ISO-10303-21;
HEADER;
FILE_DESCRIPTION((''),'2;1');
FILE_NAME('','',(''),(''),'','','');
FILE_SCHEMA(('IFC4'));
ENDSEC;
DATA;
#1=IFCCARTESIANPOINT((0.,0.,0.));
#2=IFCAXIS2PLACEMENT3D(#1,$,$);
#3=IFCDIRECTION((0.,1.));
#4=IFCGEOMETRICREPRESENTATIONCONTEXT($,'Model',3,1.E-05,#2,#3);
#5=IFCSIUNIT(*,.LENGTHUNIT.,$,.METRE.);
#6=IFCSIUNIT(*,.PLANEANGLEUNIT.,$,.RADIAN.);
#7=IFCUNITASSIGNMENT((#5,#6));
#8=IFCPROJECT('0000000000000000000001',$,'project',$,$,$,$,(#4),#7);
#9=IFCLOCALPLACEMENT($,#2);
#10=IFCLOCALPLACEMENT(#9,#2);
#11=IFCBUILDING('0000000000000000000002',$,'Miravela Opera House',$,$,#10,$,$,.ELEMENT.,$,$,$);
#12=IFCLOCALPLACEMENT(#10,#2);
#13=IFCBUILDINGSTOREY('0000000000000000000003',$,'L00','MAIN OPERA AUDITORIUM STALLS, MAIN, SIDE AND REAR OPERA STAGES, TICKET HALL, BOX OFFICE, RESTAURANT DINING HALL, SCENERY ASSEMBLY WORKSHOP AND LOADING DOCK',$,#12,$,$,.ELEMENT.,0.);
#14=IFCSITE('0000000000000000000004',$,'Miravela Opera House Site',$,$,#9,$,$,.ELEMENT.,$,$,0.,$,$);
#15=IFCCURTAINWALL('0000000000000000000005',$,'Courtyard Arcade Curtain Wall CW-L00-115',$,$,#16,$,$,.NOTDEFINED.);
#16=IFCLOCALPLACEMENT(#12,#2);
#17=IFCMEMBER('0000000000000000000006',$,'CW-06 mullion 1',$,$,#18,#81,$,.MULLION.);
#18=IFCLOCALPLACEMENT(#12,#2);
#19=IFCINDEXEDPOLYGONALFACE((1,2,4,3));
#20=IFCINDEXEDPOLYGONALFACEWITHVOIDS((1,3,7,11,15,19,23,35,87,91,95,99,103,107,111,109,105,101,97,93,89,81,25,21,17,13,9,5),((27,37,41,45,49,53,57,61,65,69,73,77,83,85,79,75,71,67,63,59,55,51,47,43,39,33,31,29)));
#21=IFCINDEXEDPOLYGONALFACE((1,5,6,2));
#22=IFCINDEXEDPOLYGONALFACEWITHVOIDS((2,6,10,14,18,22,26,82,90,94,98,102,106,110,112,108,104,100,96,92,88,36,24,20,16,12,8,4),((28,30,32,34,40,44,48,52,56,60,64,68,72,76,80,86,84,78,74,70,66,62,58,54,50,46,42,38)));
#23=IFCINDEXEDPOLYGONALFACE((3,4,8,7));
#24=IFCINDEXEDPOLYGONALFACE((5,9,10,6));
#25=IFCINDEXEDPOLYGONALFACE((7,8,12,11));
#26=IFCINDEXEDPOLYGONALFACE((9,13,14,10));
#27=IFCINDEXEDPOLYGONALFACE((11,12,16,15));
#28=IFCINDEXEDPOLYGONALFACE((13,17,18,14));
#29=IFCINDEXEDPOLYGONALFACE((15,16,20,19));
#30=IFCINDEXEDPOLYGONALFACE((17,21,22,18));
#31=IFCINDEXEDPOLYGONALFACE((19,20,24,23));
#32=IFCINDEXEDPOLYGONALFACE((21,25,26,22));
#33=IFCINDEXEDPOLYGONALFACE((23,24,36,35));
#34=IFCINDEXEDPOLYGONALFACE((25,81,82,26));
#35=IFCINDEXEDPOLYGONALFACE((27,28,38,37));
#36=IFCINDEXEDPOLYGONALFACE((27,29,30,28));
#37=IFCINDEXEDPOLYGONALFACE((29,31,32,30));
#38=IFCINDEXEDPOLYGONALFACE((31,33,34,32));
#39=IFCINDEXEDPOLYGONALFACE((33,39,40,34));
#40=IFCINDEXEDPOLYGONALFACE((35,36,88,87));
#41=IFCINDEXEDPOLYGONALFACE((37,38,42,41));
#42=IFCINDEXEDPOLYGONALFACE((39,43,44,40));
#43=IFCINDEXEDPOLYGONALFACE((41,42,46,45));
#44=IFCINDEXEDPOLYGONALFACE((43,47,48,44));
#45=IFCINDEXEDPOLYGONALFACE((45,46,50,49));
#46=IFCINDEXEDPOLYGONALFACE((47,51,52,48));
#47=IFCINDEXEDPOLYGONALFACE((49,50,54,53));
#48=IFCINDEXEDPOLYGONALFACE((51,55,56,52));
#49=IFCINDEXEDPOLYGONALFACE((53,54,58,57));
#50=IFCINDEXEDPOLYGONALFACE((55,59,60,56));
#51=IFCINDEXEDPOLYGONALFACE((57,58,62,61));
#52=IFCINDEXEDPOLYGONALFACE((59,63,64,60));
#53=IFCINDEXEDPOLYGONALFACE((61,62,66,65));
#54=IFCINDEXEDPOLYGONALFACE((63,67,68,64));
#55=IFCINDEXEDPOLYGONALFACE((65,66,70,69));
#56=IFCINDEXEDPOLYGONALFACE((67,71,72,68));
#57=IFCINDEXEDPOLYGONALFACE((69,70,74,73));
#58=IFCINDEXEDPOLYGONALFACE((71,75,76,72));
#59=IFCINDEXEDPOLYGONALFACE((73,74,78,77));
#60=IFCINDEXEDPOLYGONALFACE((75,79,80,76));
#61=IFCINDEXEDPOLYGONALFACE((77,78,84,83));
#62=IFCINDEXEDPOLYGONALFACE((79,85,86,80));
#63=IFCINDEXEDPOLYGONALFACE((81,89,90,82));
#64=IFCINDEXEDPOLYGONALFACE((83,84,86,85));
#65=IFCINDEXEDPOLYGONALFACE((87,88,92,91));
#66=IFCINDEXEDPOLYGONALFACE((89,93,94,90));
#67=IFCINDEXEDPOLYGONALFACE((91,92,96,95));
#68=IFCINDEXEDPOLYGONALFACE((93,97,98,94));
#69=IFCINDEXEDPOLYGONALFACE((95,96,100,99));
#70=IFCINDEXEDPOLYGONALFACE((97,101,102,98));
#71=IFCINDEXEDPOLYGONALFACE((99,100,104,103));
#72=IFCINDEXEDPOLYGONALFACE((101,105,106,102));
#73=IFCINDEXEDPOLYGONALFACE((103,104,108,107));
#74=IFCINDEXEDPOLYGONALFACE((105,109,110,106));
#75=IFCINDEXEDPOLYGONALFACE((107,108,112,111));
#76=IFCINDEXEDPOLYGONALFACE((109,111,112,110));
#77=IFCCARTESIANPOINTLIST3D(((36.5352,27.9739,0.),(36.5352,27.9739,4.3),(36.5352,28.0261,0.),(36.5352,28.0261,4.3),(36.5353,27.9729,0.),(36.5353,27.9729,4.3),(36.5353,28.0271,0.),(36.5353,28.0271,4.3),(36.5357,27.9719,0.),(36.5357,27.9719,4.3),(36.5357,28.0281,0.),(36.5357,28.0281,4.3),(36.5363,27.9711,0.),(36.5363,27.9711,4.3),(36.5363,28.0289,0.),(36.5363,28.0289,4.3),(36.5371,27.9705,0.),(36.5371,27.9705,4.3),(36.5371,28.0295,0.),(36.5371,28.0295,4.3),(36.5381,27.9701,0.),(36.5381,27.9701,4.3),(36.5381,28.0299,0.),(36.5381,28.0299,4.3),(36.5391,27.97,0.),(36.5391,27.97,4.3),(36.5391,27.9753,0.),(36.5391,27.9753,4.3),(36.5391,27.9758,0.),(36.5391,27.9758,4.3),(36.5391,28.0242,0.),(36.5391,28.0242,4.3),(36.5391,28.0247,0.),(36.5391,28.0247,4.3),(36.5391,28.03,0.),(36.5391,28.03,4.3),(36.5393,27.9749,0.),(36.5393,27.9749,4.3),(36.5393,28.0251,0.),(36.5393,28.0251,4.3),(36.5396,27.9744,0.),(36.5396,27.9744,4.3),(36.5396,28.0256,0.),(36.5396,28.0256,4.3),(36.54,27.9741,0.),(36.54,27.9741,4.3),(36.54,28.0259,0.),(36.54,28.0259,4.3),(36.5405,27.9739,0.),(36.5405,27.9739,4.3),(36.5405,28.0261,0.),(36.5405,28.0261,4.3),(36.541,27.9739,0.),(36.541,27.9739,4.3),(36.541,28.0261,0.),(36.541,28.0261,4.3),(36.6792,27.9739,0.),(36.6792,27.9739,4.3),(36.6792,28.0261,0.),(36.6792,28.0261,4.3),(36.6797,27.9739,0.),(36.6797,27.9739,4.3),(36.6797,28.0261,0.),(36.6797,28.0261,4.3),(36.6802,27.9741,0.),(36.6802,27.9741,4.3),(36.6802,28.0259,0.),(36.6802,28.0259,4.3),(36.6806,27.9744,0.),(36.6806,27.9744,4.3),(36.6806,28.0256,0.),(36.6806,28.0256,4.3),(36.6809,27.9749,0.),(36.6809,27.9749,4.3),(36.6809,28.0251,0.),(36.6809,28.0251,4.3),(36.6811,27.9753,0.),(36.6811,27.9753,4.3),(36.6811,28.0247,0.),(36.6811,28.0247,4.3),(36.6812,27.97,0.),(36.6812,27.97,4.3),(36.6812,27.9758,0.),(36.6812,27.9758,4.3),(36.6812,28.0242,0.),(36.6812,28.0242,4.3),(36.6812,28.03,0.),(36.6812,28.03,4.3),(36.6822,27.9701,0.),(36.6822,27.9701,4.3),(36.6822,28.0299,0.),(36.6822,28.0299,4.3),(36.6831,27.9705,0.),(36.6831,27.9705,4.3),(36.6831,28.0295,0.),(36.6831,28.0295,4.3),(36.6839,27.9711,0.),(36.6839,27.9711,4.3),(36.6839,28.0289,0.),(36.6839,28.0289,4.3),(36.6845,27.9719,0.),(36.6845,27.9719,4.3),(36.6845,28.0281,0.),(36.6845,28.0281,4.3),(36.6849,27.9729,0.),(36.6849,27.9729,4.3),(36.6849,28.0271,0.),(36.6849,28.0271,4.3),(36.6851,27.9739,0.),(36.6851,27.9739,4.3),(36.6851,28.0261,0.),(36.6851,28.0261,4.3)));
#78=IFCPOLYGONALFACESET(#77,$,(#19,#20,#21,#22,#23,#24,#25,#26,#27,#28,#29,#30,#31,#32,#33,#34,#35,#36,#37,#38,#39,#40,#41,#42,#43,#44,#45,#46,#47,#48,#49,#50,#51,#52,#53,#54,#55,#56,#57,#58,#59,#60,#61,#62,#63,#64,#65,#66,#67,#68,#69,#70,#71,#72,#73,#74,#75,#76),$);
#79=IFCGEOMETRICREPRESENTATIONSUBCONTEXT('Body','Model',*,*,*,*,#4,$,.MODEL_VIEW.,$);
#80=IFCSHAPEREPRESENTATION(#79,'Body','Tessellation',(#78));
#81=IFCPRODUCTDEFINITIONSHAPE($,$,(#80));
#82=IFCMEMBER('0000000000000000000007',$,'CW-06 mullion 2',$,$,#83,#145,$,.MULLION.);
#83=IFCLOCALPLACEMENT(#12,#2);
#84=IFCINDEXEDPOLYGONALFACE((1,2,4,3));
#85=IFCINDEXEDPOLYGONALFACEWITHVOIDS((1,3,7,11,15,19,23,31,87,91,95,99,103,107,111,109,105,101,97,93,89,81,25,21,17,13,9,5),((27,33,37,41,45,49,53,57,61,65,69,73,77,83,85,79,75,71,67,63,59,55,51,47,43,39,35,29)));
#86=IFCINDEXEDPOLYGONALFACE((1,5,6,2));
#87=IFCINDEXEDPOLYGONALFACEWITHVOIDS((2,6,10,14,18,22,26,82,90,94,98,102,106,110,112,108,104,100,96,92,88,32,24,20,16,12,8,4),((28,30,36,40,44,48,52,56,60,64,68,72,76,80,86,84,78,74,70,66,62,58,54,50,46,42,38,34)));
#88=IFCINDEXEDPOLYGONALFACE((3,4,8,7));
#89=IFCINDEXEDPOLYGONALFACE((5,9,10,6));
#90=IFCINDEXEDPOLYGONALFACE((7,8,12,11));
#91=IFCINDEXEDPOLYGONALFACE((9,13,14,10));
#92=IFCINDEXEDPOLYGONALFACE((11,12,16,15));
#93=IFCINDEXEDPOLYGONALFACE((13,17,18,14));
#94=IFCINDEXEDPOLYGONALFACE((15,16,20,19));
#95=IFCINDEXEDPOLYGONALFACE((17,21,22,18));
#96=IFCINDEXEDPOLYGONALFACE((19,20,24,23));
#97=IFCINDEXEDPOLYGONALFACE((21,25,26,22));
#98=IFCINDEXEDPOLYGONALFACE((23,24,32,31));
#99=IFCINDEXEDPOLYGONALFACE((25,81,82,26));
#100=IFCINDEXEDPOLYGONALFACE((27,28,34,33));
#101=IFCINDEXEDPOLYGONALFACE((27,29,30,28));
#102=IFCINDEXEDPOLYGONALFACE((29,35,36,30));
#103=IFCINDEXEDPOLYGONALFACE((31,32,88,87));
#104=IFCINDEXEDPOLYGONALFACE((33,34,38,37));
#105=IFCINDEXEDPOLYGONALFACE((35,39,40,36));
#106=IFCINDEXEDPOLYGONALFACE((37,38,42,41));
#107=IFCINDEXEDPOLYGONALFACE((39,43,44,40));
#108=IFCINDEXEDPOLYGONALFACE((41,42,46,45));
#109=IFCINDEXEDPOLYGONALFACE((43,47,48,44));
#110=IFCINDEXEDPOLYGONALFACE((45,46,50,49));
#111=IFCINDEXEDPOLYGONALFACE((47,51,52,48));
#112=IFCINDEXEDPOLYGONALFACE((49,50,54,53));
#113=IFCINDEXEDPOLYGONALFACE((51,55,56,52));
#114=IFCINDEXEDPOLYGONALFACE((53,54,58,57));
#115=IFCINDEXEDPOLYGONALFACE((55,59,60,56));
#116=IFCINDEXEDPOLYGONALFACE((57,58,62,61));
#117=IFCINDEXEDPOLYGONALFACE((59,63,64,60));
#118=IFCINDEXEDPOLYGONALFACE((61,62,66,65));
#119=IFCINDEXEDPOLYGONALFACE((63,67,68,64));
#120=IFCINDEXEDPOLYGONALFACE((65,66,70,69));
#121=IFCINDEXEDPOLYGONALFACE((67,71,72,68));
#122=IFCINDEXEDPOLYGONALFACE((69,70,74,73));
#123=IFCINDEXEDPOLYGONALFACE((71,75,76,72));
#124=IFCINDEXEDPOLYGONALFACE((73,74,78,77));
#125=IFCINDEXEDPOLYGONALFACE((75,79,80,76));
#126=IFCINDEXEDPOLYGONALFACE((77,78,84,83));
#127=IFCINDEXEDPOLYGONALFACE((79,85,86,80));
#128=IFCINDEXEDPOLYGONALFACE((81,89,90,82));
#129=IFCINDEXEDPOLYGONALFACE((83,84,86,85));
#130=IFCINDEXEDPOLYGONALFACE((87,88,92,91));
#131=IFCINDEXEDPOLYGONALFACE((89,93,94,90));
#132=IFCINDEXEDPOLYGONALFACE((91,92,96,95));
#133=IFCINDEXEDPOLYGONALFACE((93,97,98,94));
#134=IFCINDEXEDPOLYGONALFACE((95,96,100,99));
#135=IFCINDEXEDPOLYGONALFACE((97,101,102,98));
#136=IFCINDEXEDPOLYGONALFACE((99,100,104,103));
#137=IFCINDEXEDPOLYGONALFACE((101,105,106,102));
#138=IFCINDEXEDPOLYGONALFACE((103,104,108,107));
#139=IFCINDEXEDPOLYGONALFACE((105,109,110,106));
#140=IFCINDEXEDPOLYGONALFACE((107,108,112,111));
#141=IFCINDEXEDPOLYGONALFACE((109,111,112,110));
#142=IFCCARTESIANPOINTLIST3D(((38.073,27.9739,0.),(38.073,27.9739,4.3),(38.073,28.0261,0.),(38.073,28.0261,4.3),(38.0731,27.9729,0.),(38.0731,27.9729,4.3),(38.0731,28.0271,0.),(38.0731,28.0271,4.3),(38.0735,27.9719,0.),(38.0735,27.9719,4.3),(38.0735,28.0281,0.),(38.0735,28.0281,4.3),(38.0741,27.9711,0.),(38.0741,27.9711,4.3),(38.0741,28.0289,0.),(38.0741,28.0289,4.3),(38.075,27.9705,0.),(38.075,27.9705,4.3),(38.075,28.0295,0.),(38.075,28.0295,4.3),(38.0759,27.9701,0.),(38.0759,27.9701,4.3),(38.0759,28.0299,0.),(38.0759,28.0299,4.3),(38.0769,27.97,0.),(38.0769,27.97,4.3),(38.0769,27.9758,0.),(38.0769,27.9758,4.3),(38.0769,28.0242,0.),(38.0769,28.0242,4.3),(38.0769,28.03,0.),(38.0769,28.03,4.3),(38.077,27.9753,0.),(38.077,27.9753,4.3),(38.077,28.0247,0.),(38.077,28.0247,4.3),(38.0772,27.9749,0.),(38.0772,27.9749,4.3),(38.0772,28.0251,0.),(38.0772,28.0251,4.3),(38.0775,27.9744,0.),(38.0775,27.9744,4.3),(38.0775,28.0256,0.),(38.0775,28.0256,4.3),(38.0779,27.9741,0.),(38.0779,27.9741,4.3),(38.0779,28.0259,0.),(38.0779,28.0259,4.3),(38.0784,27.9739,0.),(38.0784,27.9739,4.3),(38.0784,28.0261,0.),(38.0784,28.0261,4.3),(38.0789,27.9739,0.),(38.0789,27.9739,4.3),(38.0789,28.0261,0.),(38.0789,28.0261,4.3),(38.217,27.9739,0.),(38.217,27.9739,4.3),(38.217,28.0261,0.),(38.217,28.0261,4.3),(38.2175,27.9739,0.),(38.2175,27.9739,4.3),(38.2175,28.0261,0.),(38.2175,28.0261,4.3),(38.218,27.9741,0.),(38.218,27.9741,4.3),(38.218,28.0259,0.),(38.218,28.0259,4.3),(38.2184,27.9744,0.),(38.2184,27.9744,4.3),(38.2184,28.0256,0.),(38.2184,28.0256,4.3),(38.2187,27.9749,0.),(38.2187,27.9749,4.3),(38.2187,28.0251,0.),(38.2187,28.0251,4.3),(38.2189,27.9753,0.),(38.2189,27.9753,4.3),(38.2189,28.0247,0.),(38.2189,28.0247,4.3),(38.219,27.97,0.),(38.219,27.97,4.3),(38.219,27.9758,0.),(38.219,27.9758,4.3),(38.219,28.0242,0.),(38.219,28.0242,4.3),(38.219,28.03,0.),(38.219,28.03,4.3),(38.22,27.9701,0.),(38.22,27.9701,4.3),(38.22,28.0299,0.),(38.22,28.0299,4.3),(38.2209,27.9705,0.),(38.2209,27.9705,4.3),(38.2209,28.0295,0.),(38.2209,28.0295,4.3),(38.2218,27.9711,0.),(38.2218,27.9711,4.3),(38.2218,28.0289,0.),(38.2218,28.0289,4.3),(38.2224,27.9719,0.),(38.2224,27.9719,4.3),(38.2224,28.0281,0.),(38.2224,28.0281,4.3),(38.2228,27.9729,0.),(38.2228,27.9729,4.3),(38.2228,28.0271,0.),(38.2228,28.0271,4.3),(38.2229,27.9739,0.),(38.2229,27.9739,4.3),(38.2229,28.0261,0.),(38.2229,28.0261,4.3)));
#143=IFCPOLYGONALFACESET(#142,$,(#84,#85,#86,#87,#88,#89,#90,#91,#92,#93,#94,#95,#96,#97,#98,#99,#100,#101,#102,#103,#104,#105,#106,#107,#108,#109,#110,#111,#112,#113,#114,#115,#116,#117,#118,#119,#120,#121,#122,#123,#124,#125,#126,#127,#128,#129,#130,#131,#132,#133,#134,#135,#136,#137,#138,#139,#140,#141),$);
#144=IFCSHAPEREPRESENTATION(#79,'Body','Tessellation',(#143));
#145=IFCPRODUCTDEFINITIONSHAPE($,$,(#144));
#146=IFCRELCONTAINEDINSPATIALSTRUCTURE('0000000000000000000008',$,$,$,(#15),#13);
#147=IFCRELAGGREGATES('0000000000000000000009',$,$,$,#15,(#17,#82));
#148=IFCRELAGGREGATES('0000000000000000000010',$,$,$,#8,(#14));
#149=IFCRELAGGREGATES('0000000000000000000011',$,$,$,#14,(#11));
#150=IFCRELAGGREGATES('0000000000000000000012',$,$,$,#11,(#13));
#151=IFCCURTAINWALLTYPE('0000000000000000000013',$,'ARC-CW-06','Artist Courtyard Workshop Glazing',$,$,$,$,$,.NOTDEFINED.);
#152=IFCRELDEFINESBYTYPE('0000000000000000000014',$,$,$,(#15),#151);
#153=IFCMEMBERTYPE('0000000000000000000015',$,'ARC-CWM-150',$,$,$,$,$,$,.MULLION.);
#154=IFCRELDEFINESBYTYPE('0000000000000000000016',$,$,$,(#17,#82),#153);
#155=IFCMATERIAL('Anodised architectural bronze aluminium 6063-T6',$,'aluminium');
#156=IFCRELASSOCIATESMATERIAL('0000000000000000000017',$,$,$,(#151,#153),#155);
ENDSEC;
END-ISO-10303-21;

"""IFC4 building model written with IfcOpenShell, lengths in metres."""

from ifc_helpers import new_model, si_unit, direction, frame, origin, origin_2d, place, context, subcontext, project, spatial, hollow_rectangle, extrude, material, material_profile, profile_set, type_object, element, aggregate, save


model = new_model("IFC4")

# Units and contexts
model_context = context("Model", 3, precision=1e-05, world=origin(), true_north=direction((0.0, 1.0)))
body_context = subcontext(model_context, "Body", "Model", "MODEL_VIEW")
ifc_project = project(units=[si_unit("LENGTHUNIT", "METRE"), si_unit("PLANEANGLEUNIT", "RADIAN")], contexts=[model_context])

# Site, building, storey
site_placement = place(None, origin())
site = spatial("IfcSite", under=ifc_project, at=site_placement, Name="Miravela Opera House Site", CompositionType="ELEMENT", RefElevation=0.0)
building_placement = place(site_placement, origin())
building = spatial("IfcBuilding", under=site, at=building_placement, Name="Miravela Opera House", CompositionType="ELEMENT")
storey_placement = place(building_placement, origin())
storey = spatial("IfcBuildingStorey", under=building, at=storey_placement, Name="L00", Description="MAIN OPERA AUDITORIUM STALLS, MAIN, SIDE AND REAR OPERA STAGES, TICKET HALL, BOX OFFICE, RESTAURANT DINING HALL, SCENERY ASSEMBLY WORKSHOP AND LOADING DOCK", CompositionType="ELEMENT", Elevation=0.0)

# Curtain wall, members
ifc_material_1 = material(Name="Anodised architectural bronze aluminium 6063-T6", Category="aluminium")
curtain_wall_type = type_object("IfcCurtainWallType", Name="ARC-CW-06", Description="Artist Courtyard Workshop Glazing", PredefinedType="NOTDEFINED", material=ifc_material_1)
curtain_wall_placement = place(storey_placement, origin())
curtain_wall = element("IfcCurtainWall", 1, at=curtain_wall_placement, inside=storey, type_object=curtain_wall_type, Name="Courtyard Arcade Curtain Wall CW-L00-115", PredefinedType="NOTDEFINED")
ifc_material_profile_1 = material_profile(ifc_material_1, hollow_rectangle(XDim=0.0601, YDim=0.1499, WallThickness=0.0039, InnerFilletRadius=0.002, OuterFilletRadius=0.0039, at=origin_2d()), Name="CWM-60X150")
ifc_profile_set_1 = profile_set([ifc_material_profile_1])
member_type_1 = type_object("IfcMemberType", Name="ARC-CWM-150", PredefinedType="MULLION", material=ifc_profile_set_1)
member_1_placement = place(storey_placement, frame((36.6101, 28.0, 0.0), z_axis=(0.0, 0.0, 1.0), x_axis=(0.0, 1.0, 0.0)))
member_1 = element("IfcMember", 2, at=member_1_placement, type_object=member_type_1, Name="CW-06 mullion 1", PredefinedType="MULLION", context=body_context, shape_type="SweptSolid", body=[
    extrude(hollow_rectangle(XDim=0.0601, YDim=0.1499, WallThickness=0.0039, InnerFilletRadius=0.002, OuterFilletRadius=0.0039, at=origin_2d()), origin(), (0.0, 0.0, 1.0), 4.3),
])
member_2_placement = place(storey_placement, frame((38.1479, 28.0, 0.0), z_axis=(0.0, 0.0, 1.0), x_axis=(0.0, 1.0, 0.0)))
member_2 = element("IfcMember", 3, at=member_2_placement, type_object=member_type_1, Name="CW-06 mullion 2", PredefinedType="MULLION", context=body_context, shape_type="SweptSolid", body=[
    extrude(hollow_rectangle(XDim=0.0601, YDim=0.1499, WallThickness=0.0039, InnerFilletRadius=0.002, OuterFilletRadius=0.0039, at=origin_2d()), origin(), (0.0, 0.0, 1.0), 4.3),
])

aggregate(curtain_wall, [member_1, member_2])

save(model, "model.ifc")
